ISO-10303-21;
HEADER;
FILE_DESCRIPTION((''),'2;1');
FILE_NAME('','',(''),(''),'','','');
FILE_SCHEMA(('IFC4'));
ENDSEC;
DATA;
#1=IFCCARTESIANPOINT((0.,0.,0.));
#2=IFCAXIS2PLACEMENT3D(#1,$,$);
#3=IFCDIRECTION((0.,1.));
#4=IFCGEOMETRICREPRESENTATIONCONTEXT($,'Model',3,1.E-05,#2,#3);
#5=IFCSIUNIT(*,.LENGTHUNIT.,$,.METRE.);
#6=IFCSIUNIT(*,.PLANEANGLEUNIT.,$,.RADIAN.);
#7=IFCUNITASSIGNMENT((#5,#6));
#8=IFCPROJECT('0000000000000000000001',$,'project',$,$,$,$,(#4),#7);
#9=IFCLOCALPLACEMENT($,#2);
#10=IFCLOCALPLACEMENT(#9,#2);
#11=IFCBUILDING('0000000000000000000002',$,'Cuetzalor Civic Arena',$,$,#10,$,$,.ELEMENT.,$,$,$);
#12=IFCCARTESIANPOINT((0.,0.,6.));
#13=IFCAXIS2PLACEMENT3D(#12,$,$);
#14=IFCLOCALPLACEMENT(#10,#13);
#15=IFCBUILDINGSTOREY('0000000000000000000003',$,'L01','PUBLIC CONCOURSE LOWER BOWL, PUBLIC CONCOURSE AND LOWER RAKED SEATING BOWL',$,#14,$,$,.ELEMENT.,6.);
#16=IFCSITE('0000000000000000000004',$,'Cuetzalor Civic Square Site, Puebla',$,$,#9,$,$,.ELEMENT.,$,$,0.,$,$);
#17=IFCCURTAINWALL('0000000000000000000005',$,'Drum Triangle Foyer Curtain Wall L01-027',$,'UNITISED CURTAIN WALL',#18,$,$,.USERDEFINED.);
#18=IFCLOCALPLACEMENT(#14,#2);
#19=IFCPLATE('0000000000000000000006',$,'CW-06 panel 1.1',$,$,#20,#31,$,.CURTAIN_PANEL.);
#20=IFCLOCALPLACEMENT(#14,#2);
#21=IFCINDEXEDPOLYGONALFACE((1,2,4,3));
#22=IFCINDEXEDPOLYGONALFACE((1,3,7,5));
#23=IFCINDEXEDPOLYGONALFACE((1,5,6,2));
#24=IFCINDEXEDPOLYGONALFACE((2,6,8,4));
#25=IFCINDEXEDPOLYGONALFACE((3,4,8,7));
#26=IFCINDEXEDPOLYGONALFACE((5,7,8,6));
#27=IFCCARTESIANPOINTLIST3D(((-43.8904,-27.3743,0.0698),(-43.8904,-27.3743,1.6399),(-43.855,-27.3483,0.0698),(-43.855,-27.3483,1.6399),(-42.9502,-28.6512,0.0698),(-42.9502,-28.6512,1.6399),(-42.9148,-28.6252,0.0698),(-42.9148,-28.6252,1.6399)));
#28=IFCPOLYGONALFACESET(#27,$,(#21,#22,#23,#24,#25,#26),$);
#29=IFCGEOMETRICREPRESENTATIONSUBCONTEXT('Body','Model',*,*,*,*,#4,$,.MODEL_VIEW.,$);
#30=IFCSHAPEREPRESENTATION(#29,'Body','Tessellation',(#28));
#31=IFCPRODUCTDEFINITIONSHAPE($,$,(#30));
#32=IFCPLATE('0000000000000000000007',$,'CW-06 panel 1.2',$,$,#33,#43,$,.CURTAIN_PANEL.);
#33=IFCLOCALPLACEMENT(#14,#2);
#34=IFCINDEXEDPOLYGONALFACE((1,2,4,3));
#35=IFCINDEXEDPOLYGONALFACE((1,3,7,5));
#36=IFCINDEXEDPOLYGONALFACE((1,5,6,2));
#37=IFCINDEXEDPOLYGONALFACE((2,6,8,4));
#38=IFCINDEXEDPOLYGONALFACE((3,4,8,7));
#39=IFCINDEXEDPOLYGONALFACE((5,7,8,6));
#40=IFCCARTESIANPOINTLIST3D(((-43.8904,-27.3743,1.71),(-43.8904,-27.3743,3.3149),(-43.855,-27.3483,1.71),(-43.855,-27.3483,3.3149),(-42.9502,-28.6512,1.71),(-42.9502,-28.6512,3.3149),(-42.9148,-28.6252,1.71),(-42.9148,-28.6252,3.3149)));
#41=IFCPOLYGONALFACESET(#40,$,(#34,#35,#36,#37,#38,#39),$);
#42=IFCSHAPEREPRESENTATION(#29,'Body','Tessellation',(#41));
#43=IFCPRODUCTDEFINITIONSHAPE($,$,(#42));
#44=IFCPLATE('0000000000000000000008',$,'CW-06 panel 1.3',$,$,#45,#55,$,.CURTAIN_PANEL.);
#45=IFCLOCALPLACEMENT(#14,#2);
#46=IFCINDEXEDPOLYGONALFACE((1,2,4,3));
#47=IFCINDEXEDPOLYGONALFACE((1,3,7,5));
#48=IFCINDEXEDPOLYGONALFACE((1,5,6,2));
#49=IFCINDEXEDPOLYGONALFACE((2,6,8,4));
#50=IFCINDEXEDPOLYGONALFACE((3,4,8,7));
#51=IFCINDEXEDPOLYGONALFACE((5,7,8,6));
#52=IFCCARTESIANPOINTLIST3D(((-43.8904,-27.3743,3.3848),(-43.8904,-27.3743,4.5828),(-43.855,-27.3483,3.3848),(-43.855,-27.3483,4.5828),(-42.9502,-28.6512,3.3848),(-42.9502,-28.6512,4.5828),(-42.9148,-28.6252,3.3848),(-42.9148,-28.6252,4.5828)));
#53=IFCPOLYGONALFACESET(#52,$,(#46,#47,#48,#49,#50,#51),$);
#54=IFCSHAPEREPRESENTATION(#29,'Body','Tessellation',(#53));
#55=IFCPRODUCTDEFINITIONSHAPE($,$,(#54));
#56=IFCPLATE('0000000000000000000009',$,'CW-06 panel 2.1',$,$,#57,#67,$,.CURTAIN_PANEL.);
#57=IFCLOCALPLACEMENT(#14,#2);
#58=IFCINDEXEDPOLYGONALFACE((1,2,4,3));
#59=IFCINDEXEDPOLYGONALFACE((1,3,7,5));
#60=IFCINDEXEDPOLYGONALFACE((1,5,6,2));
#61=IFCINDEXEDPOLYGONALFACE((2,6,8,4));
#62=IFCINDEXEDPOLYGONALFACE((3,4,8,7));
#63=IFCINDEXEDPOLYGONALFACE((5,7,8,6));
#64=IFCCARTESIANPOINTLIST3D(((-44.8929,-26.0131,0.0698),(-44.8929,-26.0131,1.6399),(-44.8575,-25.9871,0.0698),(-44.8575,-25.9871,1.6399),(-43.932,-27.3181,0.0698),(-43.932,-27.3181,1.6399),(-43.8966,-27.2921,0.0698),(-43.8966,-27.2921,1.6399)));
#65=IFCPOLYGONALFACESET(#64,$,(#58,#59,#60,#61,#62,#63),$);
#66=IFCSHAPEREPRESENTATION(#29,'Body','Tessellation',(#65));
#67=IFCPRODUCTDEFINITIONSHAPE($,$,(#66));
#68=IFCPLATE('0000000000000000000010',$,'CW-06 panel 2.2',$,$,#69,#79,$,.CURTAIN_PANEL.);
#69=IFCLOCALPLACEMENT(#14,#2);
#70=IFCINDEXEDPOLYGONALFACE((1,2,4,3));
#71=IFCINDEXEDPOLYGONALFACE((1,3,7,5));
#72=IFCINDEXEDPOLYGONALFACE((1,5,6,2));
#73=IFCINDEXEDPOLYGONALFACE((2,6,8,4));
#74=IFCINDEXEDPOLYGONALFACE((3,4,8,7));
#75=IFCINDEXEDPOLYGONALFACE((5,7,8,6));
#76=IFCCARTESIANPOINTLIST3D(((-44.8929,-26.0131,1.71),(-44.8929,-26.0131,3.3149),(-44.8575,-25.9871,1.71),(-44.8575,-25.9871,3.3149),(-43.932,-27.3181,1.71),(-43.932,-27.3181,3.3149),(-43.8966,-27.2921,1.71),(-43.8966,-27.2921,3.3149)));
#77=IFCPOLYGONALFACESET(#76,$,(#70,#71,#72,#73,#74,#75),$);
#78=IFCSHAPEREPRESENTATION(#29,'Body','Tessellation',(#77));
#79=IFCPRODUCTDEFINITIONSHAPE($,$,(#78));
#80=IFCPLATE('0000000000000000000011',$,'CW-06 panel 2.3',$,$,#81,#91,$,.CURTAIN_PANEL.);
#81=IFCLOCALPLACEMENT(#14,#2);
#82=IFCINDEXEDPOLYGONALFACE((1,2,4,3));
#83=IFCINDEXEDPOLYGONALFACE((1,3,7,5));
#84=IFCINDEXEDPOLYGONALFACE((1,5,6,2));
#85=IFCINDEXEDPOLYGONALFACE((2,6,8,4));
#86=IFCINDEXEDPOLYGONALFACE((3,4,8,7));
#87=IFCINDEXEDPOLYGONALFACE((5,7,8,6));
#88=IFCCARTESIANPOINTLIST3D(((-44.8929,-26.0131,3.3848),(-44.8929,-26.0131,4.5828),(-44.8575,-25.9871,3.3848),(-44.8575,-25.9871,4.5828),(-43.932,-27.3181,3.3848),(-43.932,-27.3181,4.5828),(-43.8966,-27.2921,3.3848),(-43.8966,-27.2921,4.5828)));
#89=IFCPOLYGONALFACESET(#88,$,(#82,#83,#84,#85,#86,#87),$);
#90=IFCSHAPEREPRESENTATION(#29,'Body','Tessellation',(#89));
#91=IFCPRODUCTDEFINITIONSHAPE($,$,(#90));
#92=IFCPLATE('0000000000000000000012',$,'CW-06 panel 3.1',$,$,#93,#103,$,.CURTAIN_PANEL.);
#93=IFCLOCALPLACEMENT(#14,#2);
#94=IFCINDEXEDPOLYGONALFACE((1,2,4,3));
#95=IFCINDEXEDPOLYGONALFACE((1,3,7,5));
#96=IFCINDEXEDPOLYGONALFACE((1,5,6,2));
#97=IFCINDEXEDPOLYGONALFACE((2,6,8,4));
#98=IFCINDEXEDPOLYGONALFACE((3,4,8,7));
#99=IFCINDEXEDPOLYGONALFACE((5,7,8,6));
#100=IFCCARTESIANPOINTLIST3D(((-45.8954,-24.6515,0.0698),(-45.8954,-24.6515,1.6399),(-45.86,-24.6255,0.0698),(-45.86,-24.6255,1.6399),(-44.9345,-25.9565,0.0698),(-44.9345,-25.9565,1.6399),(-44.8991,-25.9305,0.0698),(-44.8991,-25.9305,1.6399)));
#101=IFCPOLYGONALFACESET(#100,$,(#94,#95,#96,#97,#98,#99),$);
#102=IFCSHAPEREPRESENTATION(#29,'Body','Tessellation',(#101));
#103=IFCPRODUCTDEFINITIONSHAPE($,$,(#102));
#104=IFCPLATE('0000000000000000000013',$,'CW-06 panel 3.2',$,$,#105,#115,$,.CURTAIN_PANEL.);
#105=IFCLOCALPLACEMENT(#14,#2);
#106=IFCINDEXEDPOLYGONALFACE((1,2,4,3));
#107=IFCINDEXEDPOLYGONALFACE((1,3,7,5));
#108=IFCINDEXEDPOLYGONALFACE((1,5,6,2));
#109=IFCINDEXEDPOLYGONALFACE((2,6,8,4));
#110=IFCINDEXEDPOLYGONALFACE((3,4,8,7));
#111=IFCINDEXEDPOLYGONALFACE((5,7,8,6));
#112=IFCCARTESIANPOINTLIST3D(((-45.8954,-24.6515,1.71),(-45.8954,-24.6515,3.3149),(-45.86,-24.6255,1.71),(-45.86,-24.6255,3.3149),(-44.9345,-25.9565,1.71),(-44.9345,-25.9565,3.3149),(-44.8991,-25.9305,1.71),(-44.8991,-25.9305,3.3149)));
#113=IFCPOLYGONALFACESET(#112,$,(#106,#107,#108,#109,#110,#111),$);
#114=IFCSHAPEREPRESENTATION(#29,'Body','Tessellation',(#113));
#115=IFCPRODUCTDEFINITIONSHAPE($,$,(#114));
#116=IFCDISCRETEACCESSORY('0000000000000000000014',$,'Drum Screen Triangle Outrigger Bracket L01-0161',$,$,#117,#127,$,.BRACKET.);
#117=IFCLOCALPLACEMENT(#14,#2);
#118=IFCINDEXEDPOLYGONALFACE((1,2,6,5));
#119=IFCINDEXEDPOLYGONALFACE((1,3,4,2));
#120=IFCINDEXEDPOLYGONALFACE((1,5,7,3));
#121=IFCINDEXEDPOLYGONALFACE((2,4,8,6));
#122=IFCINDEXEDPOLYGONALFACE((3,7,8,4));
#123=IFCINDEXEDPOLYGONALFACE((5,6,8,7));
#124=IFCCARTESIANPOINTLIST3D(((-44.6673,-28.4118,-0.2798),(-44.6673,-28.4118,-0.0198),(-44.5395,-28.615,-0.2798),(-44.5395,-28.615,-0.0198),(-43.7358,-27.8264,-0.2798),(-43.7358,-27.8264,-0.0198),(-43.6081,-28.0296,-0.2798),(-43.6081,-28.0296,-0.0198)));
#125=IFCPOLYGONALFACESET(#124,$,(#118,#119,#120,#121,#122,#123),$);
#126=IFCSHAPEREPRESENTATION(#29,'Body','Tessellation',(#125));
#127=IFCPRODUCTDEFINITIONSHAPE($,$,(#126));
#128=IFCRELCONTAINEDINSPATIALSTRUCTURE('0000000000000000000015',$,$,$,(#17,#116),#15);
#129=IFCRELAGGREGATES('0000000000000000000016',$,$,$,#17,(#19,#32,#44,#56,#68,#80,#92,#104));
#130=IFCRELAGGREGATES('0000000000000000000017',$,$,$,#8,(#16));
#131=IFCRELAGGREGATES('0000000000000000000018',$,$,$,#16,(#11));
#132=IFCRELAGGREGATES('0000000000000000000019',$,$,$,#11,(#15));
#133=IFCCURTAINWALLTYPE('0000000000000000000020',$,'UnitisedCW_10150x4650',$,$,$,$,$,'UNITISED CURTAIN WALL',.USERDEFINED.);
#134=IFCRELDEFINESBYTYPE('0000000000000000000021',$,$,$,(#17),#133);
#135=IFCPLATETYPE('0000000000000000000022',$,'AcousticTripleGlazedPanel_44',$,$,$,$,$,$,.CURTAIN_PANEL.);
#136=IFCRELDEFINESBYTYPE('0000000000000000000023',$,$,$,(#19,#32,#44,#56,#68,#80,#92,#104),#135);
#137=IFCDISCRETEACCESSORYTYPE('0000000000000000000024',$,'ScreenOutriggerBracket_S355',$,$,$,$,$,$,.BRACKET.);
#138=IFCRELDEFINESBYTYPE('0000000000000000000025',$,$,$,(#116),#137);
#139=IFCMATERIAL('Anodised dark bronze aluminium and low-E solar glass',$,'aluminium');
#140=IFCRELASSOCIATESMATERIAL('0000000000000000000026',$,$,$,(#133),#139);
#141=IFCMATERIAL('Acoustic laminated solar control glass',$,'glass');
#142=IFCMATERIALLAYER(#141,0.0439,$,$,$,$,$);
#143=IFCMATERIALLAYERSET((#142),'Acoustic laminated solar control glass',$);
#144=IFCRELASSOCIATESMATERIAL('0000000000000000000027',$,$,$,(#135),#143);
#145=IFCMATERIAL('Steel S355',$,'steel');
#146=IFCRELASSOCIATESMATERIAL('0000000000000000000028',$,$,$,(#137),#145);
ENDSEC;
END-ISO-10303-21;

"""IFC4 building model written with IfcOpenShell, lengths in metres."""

from ifc_helpers import new_model, si_unit, direction, frame, origin, origin_2d, place, context, subcontext, project, spatial, rectangle, extrude, material, layer, layer_set, type_object, element, aggregate, save


model = new_model("IFC4")

# Units and contexts
model_context = context("Model", 3, precision=1e-05, world=origin(), true_north=direction((0.0, 1.0)))
body_context = subcontext(model_context, "Body", "Model", "MODEL_VIEW")
ifc_project = project(units=[si_unit("LENGTHUNIT", "METRE"), si_unit("PLANEANGLEUNIT", "RADIAN")], contexts=[model_context])

# Site, building, storey
site_placement = place(None, origin())
site = spatial("IfcSite", under=ifc_project, at=site_placement, Name="Cuetzalor Civic Square Site, Puebla", CompositionType="ELEMENT", RefElevation=0.0)
building_placement = place(site_placement, origin())
building = spatial("IfcBuilding", under=site, at=building_placement, Name="Cuetzalor Civic Arena", CompositionType="ELEMENT")
storey_placement = place(building_placement, frame((0.0, 0.0, 6.0)))
storey = spatial("IfcBuildingStorey", under=building, at=storey_placement, Name="L01", Description="PUBLIC CONCOURSE LOWER BOWL, PUBLIC CONCOURSE AND LOWER RAKED SEATING BOWL", CompositionType="ELEMENT", Elevation=6.0)

# Curtain wall, plates
ifc_material_1 = material(Name="Anodised dark bronze aluminium and low-E solar glass", Category="aluminium")
curtain_wall_type = type_object("IfcCurtainWallType", Name="UnitisedCW_10150x4650", ElementType="UNITISED CURTAIN WALL", PredefinedType="USERDEFINED", material=ifc_material_1)
curtain_wall_placement = place(storey_placement, origin())
curtain_wall = element("IfcCurtainWall", 1, at=curtain_wall_placement, inside=storey, type_object=curtain_wall_type, Name="Drum Triangle Foyer Curtain Wall L01-027", ObjectType="UNITISED CURTAIN WALL", PredefinedType="USERDEFINED")
ifc_material_2 = material(Name="Acoustic laminated solar control glass", Category="glass")
ifc_layer = layer(ifc_material_2, 0.0439)
ifc_layer_set = layer_set([ifc_layer], Name="Acoustic laminated solar control glass")
plate_type = type_object("IfcPlateType", Name="AcousticTripleGlazedPanel_44", PredefinedType="CURTAIN_PANEL", material=ifc_layer_set)
plate_1_placement = place(storey_placement, frame((-43.4026, -27.9998, 0.0698), z_axis=(0.0, 0.0, 1.0), x_axis=(-0.592929, 0.805255, 0.0)))
plate_1 = element("IfcPlate", 2, at=plate_1_placement, type_object=plate_type, Name="CW-06 panel 1.1", PredefinedType="CURTAIN_PANEL", context=body_context, shape_type="SweptSolid", body=[
    extrude(rectangle(XDim=1.5857, YDim=0.0439, at=origin_2d()), origin(), (0.0, 0.0, 1.0), 1.5701),
])
plate_2_placement = place(storey_placement, frame((-43.4026, -27.9998, 1.71), z_axis=(0.0, 0.0, 1.0), x_axis=(-0.592929, 0.805255, 0.0)))
plate_2 = element("IfcPlate", 3, at=plate_2_placement, type_object=plate_type, Name="CW-06 panel 1.2", PredefinedType="CURTAIN_PANEL", context=body_context, shape_type="SweptSolid", body=[
    extrude(rectangle(XDim=1.5857, YDim=0.0439, at=origin_2d()), origin(), (0.0, 0.0, 1.0), 1.605),
])
plate_3_placement = place(storey_placement, frame((-43.4026, -27.9998, 3.3848), z_axis=(0.0, 0.0, 1.0), x_axis=(-0.592929, 0.805255, 0.0)))
plate_3 = element("IfcPlate", 4, at=plate_3_placement, type_object=plate_type, Name="CW-06 panel 1.3", PredefinedType="CURTAIN_PANEL", context=body_context, shape_type="SweptSolid", body=[
    extrude(rectangle(XDim=1.5857, YDim=0.0439, at=origin_2d()), origin(), (0.0, 0.0, 1.0), 1.198),
])
plate_4_placement = place(storey_placement, frame((-44.3948, -26.6526, 0.0698), z_axis=(0.0, 0.0, 1.0), x_axis=(-0.592929, 0.805255, 0.0)))
plate_4 = element("IfcPlate", 5, at=plate_4_placement, type_object=plate_type, Name="CW-06 panel 2.1", PredefinedType="CURTAIN_PANEL", context=body_context, shape_type="SweptSolid", body=[
    extrude(rectangle(XDim=1.6206, YDim=0.0439, at=origin_2d()), origin(), (0.0, 0.0, 1.0), 1.5701),
])
plate_5_placement = place(storey_placement, frame((-44.3948, -26.6526, 1.71), z_axis=(0.0, 0.0, 1.0), x_axis=(-0.592929, 0.805255, 0.0)))
plate_5 = element("IfcPlate", 6, at=plate_5_placement, type_object=plate_type, Name="CW-06 panel 2.2", PredefinedType="CURTAIN_PANEL", context=body_context, shape_type="SweptSolid", body=[
    extrude(rectangle(XDim=1.6206, YDim=0.0439, at=origin_2d()), origin(), (0.0, 0.0, 1.0), 1.605),
])
plate_6_placement = place(storey_placement, frame((-44.3948, -26.6526, 3.3848), z_axis=(0.0, 0.0, 1.0), x_axis=(-0.592929, 0.805255, 0.0)))
plate_6 = element("IfcPlate", 7, at=plate_6_placement, type_object=plate_type, Name="CW-06 panel 2.3", PredefinedType="CURTAIN_PANEL", context=body_context, shape_type="SweptSolid", body=[
    extrude(rectangle(XDim=1.6206, YDim=0.0439, at=origin_2d()), origin(), (0.0, 0.0, 1.0), 1.198),
])
plate_7_placement = place(storey_placement, frame((-45.3972, -25.291, 0.0698), z_axis=(0.0, 0.0, 1.0), x_axis=(-0.592929, 0.805255, 0.0)))
plate_7 = element("IfcPlate", 8, at=plate_7_placement, type_object=plate_type, Name="CW-06 panel 3.1", PredefinedType="CURTAIN_PANEL", context=body_context, shape_type="SweptSolid", body=[
    extrude(rectangle(XDim=1.6206, YDim=0.0439, at=origin_2d()), origin(), (0.0, 0.0, 1.0), 1.5701),
])
plate_8_placement = place(storey_placement, frame((-45.3972, -25.291, 1.71), z_axis=(0.0, 0.0, 1.0), x_axis=(-0.592929, 0.805255, 0.0)))
plate_8 = element("IfcPlate", 9, at=plate_8_placement, type_object=plate_type, Name="CW-06 panel 3.2", PredefinedType="CURTAIN_PANEL", context=body_context, shape_type="SweptSolid", body=[
    extrude(rectangle(XDim=1.6206, YDim=0.0439, at=origin_2d()), origin(), (0.0, 0.0, 1.0), 1.605),
])
aggregate(curtain_wall, [plate_1, plate_2, plate_3, plate_4, plate_5, plate_6, plate_7, plate_8])

# Discrete accessory
ifc_material_3 = material(Name="Steel S355", Category="steel")
discrete_accessory_type = type_object("IfcDiscreteAccessoryType", Name="ScreenOutriggerBracket_S355", PredefinedType="BRACKET", material=ifc_material_3)
discrete_accessory_placement = place(storey_placement, frame((-44.1377, -28.2207, -0.2798), z_axis=(0.0, 0.0, 1.0), x_axis=(-0.846658, -0.532138, 0.0)))
element("IfcDiscreteAccessory", 10, at=discrete_accessory_placement, inside=storey, type_object=discrete_accessory_type, Name="Drum Screen Triangle Outrigger Bracket L01-0161", PredefinedType="BRACKET", context=body_context, shape_type="SweptSolid", body=[
    extrude(rectangle(XDim=1.1001, YDim=0.24, at=origin_2d()), origin(), (0.0, 0.0, 1.0), 0.26),
])

save(model, "model.ifc")
